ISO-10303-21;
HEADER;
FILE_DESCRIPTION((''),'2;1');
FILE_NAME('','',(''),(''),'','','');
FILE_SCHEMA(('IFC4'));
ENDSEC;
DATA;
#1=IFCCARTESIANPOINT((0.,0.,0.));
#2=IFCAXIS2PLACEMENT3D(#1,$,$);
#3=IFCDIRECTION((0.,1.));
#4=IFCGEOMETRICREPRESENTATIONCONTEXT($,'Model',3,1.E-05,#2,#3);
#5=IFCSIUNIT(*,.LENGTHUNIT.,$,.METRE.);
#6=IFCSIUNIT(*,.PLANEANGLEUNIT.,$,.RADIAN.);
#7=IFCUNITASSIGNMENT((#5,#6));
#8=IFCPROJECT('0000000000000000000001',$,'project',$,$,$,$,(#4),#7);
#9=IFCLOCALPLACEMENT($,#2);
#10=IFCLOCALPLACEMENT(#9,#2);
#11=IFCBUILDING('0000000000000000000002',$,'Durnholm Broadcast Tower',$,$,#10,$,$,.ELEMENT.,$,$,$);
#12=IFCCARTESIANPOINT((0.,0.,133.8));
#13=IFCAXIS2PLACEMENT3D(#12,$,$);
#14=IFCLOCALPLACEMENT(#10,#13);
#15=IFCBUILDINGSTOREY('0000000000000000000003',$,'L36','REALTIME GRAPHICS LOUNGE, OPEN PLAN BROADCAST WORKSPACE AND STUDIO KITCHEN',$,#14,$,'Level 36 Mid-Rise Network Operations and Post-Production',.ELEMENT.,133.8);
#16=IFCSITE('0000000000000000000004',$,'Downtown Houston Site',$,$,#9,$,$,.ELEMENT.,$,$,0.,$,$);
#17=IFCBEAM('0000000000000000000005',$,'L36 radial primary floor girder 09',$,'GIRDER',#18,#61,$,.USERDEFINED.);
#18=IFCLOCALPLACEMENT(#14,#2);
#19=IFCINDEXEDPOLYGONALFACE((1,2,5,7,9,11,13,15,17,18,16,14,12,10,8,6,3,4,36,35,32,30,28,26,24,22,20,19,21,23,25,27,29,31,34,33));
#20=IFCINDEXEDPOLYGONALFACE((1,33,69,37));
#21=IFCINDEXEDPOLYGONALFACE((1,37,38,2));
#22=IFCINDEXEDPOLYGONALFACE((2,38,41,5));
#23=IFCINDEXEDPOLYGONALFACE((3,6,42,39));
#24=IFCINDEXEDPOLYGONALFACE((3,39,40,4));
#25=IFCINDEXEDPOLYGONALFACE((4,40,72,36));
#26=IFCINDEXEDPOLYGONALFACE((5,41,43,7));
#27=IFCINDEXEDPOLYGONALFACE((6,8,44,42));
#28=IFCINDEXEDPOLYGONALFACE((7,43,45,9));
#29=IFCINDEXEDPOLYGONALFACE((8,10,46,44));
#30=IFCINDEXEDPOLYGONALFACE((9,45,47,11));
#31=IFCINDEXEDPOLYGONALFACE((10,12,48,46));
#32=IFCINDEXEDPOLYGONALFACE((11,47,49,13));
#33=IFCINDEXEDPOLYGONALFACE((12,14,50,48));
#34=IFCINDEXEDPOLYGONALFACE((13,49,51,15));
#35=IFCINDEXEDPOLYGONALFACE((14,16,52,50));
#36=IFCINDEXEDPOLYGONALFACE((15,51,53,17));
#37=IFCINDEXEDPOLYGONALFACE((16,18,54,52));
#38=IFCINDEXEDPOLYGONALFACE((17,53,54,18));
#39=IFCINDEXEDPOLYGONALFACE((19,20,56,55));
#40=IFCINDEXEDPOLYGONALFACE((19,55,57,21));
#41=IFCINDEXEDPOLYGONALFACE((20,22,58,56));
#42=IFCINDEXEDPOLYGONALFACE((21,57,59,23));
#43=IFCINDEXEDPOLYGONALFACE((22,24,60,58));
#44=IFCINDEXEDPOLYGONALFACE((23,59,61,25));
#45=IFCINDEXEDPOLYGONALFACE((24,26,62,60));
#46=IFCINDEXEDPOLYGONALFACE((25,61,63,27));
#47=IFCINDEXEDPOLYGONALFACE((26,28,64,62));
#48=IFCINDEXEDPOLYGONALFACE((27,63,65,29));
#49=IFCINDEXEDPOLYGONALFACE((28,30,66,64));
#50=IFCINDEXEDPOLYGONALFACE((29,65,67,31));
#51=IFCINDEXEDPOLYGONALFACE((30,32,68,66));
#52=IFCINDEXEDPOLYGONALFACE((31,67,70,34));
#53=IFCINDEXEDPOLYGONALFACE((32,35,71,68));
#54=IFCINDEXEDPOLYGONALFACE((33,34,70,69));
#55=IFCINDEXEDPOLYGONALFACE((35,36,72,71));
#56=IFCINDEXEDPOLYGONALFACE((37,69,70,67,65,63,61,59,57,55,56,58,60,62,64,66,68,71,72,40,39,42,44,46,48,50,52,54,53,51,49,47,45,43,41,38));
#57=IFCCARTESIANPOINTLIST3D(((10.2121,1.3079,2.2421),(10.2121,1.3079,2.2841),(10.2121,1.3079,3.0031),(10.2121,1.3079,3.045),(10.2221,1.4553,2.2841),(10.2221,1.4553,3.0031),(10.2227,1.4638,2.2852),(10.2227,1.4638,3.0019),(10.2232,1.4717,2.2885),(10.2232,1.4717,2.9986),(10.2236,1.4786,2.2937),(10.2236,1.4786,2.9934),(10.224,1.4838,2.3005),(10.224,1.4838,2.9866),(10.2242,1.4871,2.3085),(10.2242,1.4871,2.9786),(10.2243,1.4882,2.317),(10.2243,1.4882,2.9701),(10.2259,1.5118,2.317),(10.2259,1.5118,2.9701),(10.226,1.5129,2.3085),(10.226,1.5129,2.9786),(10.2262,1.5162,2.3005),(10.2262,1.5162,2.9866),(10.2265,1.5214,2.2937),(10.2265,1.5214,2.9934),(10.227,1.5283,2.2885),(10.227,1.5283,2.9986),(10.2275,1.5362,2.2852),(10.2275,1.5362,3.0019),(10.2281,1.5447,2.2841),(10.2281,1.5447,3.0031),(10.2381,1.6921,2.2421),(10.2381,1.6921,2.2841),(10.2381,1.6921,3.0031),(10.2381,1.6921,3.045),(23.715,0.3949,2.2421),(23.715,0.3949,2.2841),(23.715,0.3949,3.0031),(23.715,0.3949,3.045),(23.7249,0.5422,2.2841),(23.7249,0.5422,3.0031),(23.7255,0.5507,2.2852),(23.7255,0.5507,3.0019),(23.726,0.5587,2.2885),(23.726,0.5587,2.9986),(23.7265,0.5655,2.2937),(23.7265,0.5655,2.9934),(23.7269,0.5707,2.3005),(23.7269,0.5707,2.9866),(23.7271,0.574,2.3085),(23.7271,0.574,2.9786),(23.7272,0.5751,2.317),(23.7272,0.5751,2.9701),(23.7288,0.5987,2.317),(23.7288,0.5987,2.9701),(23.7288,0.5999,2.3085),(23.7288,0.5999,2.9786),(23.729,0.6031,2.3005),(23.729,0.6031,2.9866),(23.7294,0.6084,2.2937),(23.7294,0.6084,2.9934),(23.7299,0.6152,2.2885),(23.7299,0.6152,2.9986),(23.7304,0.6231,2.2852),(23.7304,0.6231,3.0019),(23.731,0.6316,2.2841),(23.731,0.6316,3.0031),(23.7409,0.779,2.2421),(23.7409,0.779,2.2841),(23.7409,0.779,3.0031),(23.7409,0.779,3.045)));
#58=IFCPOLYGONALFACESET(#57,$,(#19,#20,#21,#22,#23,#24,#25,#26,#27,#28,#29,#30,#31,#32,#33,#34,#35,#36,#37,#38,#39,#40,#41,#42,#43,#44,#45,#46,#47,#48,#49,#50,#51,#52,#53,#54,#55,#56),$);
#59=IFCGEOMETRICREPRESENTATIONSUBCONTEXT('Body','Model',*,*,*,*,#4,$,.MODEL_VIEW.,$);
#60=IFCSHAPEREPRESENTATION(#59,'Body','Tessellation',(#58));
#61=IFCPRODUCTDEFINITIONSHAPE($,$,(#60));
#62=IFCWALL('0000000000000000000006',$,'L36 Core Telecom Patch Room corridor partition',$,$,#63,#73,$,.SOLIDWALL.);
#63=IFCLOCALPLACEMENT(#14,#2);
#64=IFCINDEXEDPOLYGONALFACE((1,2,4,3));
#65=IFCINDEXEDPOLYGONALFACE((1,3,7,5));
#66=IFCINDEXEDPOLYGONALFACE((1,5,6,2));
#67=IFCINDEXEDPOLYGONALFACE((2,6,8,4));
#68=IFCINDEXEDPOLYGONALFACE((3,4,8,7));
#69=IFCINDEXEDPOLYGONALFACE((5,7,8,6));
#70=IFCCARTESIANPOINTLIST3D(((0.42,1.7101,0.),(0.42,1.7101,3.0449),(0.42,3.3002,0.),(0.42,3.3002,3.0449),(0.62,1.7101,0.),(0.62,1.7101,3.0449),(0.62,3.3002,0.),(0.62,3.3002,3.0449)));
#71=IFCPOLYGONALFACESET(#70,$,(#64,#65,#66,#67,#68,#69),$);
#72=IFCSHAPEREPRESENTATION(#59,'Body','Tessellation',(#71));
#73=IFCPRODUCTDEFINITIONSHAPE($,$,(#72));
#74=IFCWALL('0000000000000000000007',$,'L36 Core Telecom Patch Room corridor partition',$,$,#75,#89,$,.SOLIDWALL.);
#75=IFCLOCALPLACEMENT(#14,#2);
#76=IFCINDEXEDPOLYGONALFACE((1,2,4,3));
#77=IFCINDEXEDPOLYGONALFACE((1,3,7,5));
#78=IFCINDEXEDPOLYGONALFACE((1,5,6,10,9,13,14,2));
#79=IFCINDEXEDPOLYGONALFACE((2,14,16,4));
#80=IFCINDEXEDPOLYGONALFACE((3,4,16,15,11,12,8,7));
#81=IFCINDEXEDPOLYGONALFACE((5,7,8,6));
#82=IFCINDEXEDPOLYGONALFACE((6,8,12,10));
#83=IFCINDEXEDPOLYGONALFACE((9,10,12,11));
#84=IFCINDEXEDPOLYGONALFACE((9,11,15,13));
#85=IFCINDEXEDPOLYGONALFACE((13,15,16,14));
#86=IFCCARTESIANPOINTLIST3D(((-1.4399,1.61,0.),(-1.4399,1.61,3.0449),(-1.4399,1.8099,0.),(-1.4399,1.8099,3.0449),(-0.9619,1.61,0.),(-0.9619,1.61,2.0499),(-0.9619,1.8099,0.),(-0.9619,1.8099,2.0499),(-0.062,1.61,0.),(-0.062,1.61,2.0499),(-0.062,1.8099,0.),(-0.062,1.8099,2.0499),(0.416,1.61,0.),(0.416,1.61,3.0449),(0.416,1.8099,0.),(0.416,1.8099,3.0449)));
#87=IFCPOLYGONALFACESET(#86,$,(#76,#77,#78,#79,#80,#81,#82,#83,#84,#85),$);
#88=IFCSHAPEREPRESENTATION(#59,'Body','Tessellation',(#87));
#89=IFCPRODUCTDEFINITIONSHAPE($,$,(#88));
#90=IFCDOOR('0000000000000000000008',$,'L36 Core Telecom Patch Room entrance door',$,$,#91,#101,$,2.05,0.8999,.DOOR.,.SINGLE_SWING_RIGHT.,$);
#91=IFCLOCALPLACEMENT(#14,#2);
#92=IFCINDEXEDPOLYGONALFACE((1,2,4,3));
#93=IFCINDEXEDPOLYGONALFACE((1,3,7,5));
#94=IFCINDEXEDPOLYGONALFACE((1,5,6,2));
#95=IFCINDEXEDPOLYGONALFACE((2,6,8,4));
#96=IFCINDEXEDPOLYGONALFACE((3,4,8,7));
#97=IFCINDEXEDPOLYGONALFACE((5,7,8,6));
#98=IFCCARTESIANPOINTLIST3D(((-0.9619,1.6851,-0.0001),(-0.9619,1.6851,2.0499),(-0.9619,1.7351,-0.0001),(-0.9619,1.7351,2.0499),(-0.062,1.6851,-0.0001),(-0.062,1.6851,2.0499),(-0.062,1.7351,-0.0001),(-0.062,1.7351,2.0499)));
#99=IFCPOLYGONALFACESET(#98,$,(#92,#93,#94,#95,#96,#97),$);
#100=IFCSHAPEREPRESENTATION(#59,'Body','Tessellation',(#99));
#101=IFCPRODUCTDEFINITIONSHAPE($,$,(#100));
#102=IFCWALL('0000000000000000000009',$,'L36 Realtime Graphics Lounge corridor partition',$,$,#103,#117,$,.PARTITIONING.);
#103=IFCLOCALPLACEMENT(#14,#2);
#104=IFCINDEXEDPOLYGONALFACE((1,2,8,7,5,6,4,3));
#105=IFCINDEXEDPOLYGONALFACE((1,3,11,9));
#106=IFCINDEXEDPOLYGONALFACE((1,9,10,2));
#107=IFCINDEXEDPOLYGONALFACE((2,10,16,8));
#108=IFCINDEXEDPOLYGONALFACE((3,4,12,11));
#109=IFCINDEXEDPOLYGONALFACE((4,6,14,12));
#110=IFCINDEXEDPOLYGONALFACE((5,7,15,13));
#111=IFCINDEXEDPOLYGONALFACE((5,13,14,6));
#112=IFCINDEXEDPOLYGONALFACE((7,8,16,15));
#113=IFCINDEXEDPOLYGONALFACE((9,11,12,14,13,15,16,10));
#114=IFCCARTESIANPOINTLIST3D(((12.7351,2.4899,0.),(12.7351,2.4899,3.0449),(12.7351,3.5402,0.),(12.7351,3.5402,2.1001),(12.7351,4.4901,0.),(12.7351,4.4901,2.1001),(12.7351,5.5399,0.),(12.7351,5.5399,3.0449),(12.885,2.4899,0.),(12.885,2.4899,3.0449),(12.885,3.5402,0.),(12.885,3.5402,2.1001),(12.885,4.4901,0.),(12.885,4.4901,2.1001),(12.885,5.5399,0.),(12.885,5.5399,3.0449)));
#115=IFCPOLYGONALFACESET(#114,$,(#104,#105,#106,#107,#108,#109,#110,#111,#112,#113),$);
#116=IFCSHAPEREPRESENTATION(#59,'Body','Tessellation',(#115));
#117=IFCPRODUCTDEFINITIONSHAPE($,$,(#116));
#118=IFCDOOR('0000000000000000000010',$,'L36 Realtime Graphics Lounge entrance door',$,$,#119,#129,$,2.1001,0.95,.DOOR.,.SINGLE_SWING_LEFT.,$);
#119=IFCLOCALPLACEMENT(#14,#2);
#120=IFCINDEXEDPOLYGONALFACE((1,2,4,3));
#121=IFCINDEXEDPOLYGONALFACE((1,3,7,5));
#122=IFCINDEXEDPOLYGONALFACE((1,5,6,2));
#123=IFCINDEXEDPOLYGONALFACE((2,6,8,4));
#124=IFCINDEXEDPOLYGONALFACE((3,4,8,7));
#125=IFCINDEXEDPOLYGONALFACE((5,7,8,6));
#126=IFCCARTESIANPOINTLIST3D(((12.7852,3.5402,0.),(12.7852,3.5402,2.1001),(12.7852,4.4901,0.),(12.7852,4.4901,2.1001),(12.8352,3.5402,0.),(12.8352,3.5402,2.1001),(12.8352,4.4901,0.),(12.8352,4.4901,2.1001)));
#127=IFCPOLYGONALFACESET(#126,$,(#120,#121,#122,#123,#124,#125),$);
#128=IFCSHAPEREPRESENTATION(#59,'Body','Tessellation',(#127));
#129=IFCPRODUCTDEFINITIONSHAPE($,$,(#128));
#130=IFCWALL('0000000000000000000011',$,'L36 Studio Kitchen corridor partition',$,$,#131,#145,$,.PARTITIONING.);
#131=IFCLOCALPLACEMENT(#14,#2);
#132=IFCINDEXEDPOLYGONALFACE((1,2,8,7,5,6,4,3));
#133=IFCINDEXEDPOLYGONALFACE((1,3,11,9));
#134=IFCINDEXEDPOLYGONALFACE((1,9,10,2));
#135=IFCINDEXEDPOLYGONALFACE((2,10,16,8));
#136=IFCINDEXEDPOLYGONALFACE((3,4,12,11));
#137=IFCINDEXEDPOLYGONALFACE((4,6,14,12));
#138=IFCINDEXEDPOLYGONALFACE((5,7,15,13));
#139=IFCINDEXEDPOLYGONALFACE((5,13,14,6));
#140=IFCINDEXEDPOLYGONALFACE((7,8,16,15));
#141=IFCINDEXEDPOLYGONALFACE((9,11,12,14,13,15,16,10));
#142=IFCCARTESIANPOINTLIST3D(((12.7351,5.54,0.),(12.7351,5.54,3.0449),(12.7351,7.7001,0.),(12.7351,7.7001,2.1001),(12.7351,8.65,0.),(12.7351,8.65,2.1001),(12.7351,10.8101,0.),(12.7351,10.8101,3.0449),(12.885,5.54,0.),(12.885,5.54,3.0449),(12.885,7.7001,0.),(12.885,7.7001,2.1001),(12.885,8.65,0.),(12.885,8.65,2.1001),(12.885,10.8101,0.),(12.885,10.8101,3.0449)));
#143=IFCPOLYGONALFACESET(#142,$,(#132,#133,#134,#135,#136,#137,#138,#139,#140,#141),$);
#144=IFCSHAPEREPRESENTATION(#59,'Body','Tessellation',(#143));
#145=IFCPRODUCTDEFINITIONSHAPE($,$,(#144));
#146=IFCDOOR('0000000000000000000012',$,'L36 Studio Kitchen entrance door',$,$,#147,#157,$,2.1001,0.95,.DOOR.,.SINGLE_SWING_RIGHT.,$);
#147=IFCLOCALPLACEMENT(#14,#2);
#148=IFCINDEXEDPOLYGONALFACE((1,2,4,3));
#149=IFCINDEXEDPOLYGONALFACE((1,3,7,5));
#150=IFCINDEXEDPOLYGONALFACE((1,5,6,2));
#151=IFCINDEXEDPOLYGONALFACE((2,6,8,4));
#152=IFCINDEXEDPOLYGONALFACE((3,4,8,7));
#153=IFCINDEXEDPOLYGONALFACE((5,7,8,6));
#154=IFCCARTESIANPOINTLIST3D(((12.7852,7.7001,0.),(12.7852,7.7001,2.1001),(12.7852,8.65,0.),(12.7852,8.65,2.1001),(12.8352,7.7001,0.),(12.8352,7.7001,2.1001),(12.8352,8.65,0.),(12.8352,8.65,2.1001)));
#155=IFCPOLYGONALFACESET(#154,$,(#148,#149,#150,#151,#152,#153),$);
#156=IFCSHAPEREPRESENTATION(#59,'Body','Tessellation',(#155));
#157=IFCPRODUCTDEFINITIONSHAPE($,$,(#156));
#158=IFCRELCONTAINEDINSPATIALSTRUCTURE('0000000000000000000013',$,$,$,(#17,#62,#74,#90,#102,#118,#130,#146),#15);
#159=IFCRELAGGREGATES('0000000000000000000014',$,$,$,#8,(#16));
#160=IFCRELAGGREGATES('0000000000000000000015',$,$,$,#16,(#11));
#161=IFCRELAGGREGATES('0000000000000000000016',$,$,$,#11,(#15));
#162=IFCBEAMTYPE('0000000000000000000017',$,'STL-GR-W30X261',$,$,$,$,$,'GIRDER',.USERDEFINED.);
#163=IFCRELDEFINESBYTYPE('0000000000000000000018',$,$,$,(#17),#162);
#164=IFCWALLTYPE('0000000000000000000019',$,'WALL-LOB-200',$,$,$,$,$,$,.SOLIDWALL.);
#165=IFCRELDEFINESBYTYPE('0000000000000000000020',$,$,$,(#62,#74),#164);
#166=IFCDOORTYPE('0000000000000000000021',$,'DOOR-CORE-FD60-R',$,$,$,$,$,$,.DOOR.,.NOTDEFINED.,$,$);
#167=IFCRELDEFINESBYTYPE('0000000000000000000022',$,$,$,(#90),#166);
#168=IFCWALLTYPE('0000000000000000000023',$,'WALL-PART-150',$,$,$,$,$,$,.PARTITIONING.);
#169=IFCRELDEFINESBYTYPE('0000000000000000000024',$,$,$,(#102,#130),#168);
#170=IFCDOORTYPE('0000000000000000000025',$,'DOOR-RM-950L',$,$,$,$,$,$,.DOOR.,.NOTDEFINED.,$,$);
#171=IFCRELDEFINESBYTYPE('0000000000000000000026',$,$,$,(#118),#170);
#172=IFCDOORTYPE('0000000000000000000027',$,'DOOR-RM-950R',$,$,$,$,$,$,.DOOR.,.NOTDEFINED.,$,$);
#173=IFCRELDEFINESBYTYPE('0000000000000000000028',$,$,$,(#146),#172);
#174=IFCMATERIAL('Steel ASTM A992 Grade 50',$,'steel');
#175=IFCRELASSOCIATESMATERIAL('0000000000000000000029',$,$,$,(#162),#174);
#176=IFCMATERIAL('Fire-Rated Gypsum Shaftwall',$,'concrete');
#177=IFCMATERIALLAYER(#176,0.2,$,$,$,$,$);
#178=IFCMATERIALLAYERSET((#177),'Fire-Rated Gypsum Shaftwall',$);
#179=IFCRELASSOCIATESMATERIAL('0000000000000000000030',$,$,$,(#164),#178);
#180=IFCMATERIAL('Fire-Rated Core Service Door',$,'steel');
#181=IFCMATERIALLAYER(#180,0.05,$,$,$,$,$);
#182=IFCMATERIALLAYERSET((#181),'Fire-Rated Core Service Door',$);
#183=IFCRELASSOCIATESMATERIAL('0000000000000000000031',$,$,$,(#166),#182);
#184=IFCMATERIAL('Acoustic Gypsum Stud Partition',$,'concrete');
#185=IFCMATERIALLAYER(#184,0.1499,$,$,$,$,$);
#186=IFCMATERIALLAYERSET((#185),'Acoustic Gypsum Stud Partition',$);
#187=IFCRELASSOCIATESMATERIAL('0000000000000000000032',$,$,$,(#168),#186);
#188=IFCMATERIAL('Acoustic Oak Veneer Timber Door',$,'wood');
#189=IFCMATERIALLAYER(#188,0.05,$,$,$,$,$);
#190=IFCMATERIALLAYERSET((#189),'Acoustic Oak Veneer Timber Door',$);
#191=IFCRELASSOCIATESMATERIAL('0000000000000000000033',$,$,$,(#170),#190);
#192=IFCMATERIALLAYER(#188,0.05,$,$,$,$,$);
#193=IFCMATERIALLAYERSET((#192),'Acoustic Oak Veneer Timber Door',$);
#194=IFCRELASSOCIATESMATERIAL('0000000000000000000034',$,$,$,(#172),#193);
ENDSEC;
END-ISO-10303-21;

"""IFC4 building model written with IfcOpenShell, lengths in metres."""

from ifc_helpers import new_model, si_unit, direction, frame, frame_2d, origin, origin_2d, place, context, subcontext, project, spatial, rectangle, i_section, extrude, source, transform, mapped, material, layer, layer_set, material_profile, profile_set, type_object, type_shapes, element, fill, save


model = new_model("IFC4")

# Units and contexts
model_context = context("Model", 3, precision=1e-05, world=origin(), true_north=direction((0.0, 1.0)))
body_context = subcontext(model_context, "Body", "Model", "MODEL_VIEW")
ifc_project = project(units=[si_unit("LENGTHUNIT", "METRE"), si_unit("PLANEANGLEUNIT", "RADIAN")], contexts=[model_context])

# Site, building, storey
site_placement = place(None, origin())
site = spatial("IfcSite", under=ifc_project, at=site_placement, Name="Downtown Houston Site", CompositionType="ELEMENT", RefElevation=0.0)
building_placement = place(site_placement, origin())
building = spatial("IfcBuilding", under=site, at=building_placement, Name="Durnholm Broadcast Tower", CompositionType="ELEMENT")
storey_placement = place(building_placement, frame((0.0, 0.0, 133.8)))
storey = spatial("IfcBuildingStorey", under=building, at=storey_placement, Name="L36", Description="REALTIME GRAPHICS LOUNGE, OPEN PLAN BROADCAST WORKSPACE AND STUDIO KITCHEN", LongName="Level 36 Mid-Rise Network Operations and Post-Production", CompositionType="ELEMENT", Elevation=133.8)

# Beam
ifc_material_1 = material(Name="Steel ASTM A992 Grade 50", Category="steel")
ifc_material_profile_1 = material_profile(ifc_material_1, i_section(OverallWidth=0.385, OverallDepth=0.803, WebThickness=0.0237, FlangeThickness=0.042, FilletRadius=0.033, at=origin_2d()), Name="W30X261")
ifc_profile_set_1 = profile_set([ifc_material_profile_1], Name="Steel ASTM A992 Grade 50")
beam_type = type_object("IfcBeamType", Name="STL-GR-W30X261", ElementType="GIRDER", PredefinedType="USERDEFINED", material=ifc_profile_set_1)
shared_shape_1 = source(origin(), body_context, "Body", "SweptSolid", [
    extrude(i_section(OverallWidth=0.385, OverallDepth=0.803, WebThickness=0.0237, FlangeThickness=0.042, FilletRadius=0.033, at=origin_2d()), origin(), (0.0, 0.0, 1.0), 13.5337),
])
beam_1_placement = place(storey_placement, frame((10.2251, 1.5, 2.6436), z_axis=(0.997721, -0.067467, 0.0), x_axis=(0.067467, 0.997721, 0.0)))
element("IfcBeam", 1, at=beam_1_placement, inside=storey, type_object=beam_type, Name="L36 radial primary floor girder 09", ObjectType="GIRDER", PredefinedType="USERDEFINED", context=body_context, shape_type="MappedRepresentation", body=[
    mapped(shared_shape_1, transform((0.0, 0.0, 0.0), x_axis=(1.0, 0.0, 0.0), y_axis=(0.0, 1.0, 0.0), z_axis=(0.0, 0.0, 1.0), scale=1.0)),
])

# Wall
ifc_material_2 = material(Name="Fire-Rated Gypsum Shaftwall", Category="concrete")
ifc_layer_1 = layer(ifc_material_2, 0.2)
ifc_layer_set_1 = layer_set([ifc_layer_1], Name="Fire-Rated Gypsum Shaftwall")
wall_type_1 = type_object("IfcWallType", Name="WALL-LOB-200", PredefinedType="SOLIDWALL", material=ifc_layer_set_1)
wall_1_placement = place(storey_placement, frame((0.52, 3.3, 0.0), z_axis=(0.0, 0.0, 1.0), x_axis=(0.0, -1.0, 0.0)))
element("IfcWall", 2, at=wall_1_placement, inside=storey, type_object=wall_type_1, Name="L36 Core Telecom Patch Room corridor partition", PredefinedType="SOLIDWALL", context=body_context, shape_type="SweptSolid", body=[
    extrude(rectangle(XDim=1.5901, YDim=0.2, at=frame_2d((0.7949, 0.0))), origin(), (0.0, 0.0, 1.0), 3.0449),
])

# Walls, openings, doors
wall_2_placement = place(storey_placement, frame((0.416, 1.71, 0.0), z_axis=(0.0, 0.0, 1.0), x_axis=(-1.0, 0.0, 0.0)))
wall_2 = element("IfcWall", 3, at=wall_2_placement, inside=storey, type_object=wall_type_1, Name="L36 Core Telecom Patch Room corridor partition", PredefinedType="SOLIDWALL", context=body_context, shape_type="SweptSolid", body=[
    extrude(rectangle(XDim=1.856, YDim=0.2, at=frame_2d((0.928, 0.0))), origin(), (0.0, 0.0, 1.0), 3.0449),
])
opening_1_placement = place(wall_2_placement, frame((0.478, 0.0, 0.0)))
opening_1 = element("IfcOpeningElement", 4, at=opening_1_placement, cuts=wall_2, PredefinedType="OPENING", context=body_context, shape_type="SweptSolid", body=[
    extrude(rectangle(XDim=0.8999, YDim=2.05, at=frame_2d((0.45, 1.0249))), frame((0.0, 0.1099, 0.0), z_axis=(0.0, -1.0, 0.0), x_axis=(1.0, 0.0, 0.0)), (0.0, 0.0, 1.0), 0.22),
])
ifc_material_3 = material(Name="Fire-Rated Core Service Door", Category="steel")
ifc_layer_2 = layer(ifc_material_3, 0.05)
ifc_layer_set_2 = layer_set([ifc_layer_2], Name="Fire-Rated Core Service Door")
door_type_1 = type_object("IfcDoorType", Name="DOOR-CORE-FD60-R", OperationType="NOTDEFINED", PredefinedType="DOOR", material=ifc_layer_set_2)
shared_shape_2 = source(origin(), body_context, "Body", "SweptSolid", [
    extrude(rectangle(XDim=0.8999, YDim=2.05, at=frame_2d((0.45, 1.0249))), frame((0.0, 0.0249, 0.0), z_axis=(0.0, -1.0, 0.0), x_axis=(1.0, 0.0, 0.0)), (0.0, 0.0, 1.0), 0.05),
])
type_shapes(door_type_1, [shared_shape_2])
door_1_placement = place(opening_1_placement, origin())
door_1 = element("IfcDoor", 5, at=door_1_placement, inside=storey, type_object=door_type_1, Name="L36 Core Telecom Patch Room entrance door", OperationType="SINGLE_SWING_RIGHT", OverallHeight=2.05, OverallWidth=0.8999, PredefinedType="DOOR", context=body_context, shape_type="MappedRepresentation", body=[
    mapped(shared_shape_2, transform((0.0, 0.0, 0.0), x_axis=(1.0, 0.0, 0.0), y_axis=(0.0, 1.0, 0.0), z_axis=(0.0, 0.0, 1.0), scale=1.0)),
])
fill(opening_1, door_1)
ifc_material_4 = material(Name="Acoustic Gypsum Stud Partition", Category="concrete")
ifc_layer_3 = layer(ifc_material_4, 0.1499)
ifc_layer_set_3 = layer_set([ifc_layer_3], Name="Acoustic Gypsum Stud Partition")
wall_type_2 = type_object("IfcWallType", Name="WALL-PART-150", PredefinedType="PARTITIONING", material=ifc_layer_set_3)
wall_3_placement = place(storey_placement, frame((12.8101, 2.49, 0.0), z_axis=(0.0, 0.0, 1.0), x_axis=(0.0, 1.0, 0.0)))
wall_3 = element("IfcWall", 6, at=wall_3_placement, inside=storey, type_object=wall_type_2, Name="L36 Realtime Graphics Lounge corridor partition", PredefinedType="PARTITIONING", context=body_context, shape_type="SweptSolid", body=[
    extrude(rectangle(XDim=3.05, YDim=0.1499, at=frame_2d((1.5249, 0.0))), origin(), (0.0, 0.0, 1.0), 3.0449),
])
opening_2_placement = place(wall_3_placement, frame((1.05, 0.0, 0.0)))
opening_2 = element("IfcOpeningElement", 7, at=opening_2_placement, cuts=wall_3, PredefinedType="OPENING", context=body_context, shape_type="SweptSolid", body=[
    extrude(rectangle(XDim=0.95, YDim=2.1001, at=frame_2d((0.4751, 1.05))), frame((0.0, 0.085, 0.0), z_axis=(0.0, -1.0, 0.0), x_axis=(1.0, 0.0, 0.0)), (0.0, 0.0, 1.0), 0.1699),
])
ifc_material_5 = material(Name="Acoustic Oak Veneer Timber Door", Category="wood")
ifc_layer_4 = layer(ifc_material_5, 0.05)
ifc_layer_set_4 = layer_set([ifc_layer_4], Name="Acoustic Oak Veneer Timber Door")
door_type_2 = type_object("IfcDoorType", Name="DOOR-RM-950L", OperationType="NOTDEFINED", PredefinedType="DOOR", material=ifc_layer_set_4)
shared_shape_3 = source(origin(), body_context, "Body", "SweptSolid", [
    extrude(rectangle(XDim=0.95, YDim=2.1001, at=frame_2d((0.4751, 1.05))), frame((0.0, 0.0249, 0.0), z_axis=(0.0, -1.0, 0.0), x_axis=(1.0, 0.0, 0.0)), (0.0, 0.0, 1.0), 0.05),
])
type_shapes(door_type_2, [shared_shape_3])
door_2_placement = place(opening_2_placement, origin())
door_2 = element("IfcDoor", 8, at=door_2_placement, inside=storey, type_object=door_type_2, Name="L36 Realtime Graphics Lounge entrance door", OperationType="SINGLE_SWING_LEFT", OverallHeight=2.1001, OverallWidth=0.95, PredefinedType="DOOR", context=body_context, shape_type="MappedRepresentation", body=[
    mapped(shared_shape_3, transform((0.0, 0.0, 0.0), x_axis=(1.0, 0.0, 0.0), y_axis=(0.0, 1.0, 0.0), z_axis=(0.0, 0.0, 1.0), scale=1.0)),
])
fill(opening_2, door_2)
wall_4_placement = place(storey_placement, frame((12.8101, 5.54, 0.0), z_axis=(0.0, 0.0, 1.0), x_axis=(0.0, 1.0, 0.0)))
wall_4 = element("IfcWall", 9, at=wall_4_placement, inside=storey, type_object=wall_type_2, Name="L36 Studio Kitchen corridor partition", PredefinedType="PARTITIONING", context=body_context, shape_type="SweptSolid", body=[
    extrude(rectangle(XDim=5.27, YDim=0.1499, at=frame_2d((2.635, 0.0))), origin(), (0.0, 0.0, 1.0), 3.0449),
])
opening_3_placement = place(wall_4_placement, frame((2.1599, 0.0, 0.0)))
opening_3 = element("IfcOpeningElement", 10, at=opening_3_placement, cuts=wall_4, PredefinedType="OPENING", context=body_context, shape_type="SweptSolid", body=[
    extrude(rectangle(XDim=0.95, YDim=2.1001, at=frame_2d((0.4751, 1.05))), frame((0.0, 0.085, 0.0), z_axis=(0.0, -1.0, 0.0), x_axis=(1.0, 0.0, 0.0)), (0.0, 0.0, 1.0), 0.1699),
])
ifc_layer_5 = layer(ifc_material_5, 0.05)
ifc_layer_set_5 = layer_set([ifc_layer_5], Name="Acoustic Oak Veneer Timber Door")
door_type_3 = type_object("IfcDoorType", Name="DOOR-RM-950R", OperationType="NOTDEFINED", PredefinedType="DOOR", material=ifc_layer_set_5)
shared_shape_4 = source(origin(), body_context, "Body", "SweptSolid", [
    extrude(rectangle(XDim=0.95, YDim=2.1001, at=frame_2d((0.4751, 1.05))), frame((0.0, 0.0249, 0.0), z_axis=(0.0, -1.0, 0.0), x_axis=(1.0, 0.0, 0.0)), (0.0, 0.0, 1.0), 0.05),
])
type_shapes(door_type_3, [shared_shape_4])
door_3_placement = place(opening_3_placement, origin())
door_3 = element("IfcDoor", 11, at=door_3_placement, inside=storey, type_object=door_type_3, Name="L36 Studio Kitchen entrance door", OperationType="SINGLE_SWING_RIGHT", OverallHeight=2.1001, OverallWidth=0.95, PredefinedType="DOOR", context=body_context, shape_type="MappedRepresentation", body=[
    mapped(shared_shape_4, transform((0.0, 0.0, 0.0), x_axis=(1.0, 0.0, 0.0), y_axis=(0.0, 1.0, 0.0), z_axis=(0.0, 0.0, 1.0), scale=1.0)),
])
fill(opening_3, door_3)

save(model, "model.ifc")
